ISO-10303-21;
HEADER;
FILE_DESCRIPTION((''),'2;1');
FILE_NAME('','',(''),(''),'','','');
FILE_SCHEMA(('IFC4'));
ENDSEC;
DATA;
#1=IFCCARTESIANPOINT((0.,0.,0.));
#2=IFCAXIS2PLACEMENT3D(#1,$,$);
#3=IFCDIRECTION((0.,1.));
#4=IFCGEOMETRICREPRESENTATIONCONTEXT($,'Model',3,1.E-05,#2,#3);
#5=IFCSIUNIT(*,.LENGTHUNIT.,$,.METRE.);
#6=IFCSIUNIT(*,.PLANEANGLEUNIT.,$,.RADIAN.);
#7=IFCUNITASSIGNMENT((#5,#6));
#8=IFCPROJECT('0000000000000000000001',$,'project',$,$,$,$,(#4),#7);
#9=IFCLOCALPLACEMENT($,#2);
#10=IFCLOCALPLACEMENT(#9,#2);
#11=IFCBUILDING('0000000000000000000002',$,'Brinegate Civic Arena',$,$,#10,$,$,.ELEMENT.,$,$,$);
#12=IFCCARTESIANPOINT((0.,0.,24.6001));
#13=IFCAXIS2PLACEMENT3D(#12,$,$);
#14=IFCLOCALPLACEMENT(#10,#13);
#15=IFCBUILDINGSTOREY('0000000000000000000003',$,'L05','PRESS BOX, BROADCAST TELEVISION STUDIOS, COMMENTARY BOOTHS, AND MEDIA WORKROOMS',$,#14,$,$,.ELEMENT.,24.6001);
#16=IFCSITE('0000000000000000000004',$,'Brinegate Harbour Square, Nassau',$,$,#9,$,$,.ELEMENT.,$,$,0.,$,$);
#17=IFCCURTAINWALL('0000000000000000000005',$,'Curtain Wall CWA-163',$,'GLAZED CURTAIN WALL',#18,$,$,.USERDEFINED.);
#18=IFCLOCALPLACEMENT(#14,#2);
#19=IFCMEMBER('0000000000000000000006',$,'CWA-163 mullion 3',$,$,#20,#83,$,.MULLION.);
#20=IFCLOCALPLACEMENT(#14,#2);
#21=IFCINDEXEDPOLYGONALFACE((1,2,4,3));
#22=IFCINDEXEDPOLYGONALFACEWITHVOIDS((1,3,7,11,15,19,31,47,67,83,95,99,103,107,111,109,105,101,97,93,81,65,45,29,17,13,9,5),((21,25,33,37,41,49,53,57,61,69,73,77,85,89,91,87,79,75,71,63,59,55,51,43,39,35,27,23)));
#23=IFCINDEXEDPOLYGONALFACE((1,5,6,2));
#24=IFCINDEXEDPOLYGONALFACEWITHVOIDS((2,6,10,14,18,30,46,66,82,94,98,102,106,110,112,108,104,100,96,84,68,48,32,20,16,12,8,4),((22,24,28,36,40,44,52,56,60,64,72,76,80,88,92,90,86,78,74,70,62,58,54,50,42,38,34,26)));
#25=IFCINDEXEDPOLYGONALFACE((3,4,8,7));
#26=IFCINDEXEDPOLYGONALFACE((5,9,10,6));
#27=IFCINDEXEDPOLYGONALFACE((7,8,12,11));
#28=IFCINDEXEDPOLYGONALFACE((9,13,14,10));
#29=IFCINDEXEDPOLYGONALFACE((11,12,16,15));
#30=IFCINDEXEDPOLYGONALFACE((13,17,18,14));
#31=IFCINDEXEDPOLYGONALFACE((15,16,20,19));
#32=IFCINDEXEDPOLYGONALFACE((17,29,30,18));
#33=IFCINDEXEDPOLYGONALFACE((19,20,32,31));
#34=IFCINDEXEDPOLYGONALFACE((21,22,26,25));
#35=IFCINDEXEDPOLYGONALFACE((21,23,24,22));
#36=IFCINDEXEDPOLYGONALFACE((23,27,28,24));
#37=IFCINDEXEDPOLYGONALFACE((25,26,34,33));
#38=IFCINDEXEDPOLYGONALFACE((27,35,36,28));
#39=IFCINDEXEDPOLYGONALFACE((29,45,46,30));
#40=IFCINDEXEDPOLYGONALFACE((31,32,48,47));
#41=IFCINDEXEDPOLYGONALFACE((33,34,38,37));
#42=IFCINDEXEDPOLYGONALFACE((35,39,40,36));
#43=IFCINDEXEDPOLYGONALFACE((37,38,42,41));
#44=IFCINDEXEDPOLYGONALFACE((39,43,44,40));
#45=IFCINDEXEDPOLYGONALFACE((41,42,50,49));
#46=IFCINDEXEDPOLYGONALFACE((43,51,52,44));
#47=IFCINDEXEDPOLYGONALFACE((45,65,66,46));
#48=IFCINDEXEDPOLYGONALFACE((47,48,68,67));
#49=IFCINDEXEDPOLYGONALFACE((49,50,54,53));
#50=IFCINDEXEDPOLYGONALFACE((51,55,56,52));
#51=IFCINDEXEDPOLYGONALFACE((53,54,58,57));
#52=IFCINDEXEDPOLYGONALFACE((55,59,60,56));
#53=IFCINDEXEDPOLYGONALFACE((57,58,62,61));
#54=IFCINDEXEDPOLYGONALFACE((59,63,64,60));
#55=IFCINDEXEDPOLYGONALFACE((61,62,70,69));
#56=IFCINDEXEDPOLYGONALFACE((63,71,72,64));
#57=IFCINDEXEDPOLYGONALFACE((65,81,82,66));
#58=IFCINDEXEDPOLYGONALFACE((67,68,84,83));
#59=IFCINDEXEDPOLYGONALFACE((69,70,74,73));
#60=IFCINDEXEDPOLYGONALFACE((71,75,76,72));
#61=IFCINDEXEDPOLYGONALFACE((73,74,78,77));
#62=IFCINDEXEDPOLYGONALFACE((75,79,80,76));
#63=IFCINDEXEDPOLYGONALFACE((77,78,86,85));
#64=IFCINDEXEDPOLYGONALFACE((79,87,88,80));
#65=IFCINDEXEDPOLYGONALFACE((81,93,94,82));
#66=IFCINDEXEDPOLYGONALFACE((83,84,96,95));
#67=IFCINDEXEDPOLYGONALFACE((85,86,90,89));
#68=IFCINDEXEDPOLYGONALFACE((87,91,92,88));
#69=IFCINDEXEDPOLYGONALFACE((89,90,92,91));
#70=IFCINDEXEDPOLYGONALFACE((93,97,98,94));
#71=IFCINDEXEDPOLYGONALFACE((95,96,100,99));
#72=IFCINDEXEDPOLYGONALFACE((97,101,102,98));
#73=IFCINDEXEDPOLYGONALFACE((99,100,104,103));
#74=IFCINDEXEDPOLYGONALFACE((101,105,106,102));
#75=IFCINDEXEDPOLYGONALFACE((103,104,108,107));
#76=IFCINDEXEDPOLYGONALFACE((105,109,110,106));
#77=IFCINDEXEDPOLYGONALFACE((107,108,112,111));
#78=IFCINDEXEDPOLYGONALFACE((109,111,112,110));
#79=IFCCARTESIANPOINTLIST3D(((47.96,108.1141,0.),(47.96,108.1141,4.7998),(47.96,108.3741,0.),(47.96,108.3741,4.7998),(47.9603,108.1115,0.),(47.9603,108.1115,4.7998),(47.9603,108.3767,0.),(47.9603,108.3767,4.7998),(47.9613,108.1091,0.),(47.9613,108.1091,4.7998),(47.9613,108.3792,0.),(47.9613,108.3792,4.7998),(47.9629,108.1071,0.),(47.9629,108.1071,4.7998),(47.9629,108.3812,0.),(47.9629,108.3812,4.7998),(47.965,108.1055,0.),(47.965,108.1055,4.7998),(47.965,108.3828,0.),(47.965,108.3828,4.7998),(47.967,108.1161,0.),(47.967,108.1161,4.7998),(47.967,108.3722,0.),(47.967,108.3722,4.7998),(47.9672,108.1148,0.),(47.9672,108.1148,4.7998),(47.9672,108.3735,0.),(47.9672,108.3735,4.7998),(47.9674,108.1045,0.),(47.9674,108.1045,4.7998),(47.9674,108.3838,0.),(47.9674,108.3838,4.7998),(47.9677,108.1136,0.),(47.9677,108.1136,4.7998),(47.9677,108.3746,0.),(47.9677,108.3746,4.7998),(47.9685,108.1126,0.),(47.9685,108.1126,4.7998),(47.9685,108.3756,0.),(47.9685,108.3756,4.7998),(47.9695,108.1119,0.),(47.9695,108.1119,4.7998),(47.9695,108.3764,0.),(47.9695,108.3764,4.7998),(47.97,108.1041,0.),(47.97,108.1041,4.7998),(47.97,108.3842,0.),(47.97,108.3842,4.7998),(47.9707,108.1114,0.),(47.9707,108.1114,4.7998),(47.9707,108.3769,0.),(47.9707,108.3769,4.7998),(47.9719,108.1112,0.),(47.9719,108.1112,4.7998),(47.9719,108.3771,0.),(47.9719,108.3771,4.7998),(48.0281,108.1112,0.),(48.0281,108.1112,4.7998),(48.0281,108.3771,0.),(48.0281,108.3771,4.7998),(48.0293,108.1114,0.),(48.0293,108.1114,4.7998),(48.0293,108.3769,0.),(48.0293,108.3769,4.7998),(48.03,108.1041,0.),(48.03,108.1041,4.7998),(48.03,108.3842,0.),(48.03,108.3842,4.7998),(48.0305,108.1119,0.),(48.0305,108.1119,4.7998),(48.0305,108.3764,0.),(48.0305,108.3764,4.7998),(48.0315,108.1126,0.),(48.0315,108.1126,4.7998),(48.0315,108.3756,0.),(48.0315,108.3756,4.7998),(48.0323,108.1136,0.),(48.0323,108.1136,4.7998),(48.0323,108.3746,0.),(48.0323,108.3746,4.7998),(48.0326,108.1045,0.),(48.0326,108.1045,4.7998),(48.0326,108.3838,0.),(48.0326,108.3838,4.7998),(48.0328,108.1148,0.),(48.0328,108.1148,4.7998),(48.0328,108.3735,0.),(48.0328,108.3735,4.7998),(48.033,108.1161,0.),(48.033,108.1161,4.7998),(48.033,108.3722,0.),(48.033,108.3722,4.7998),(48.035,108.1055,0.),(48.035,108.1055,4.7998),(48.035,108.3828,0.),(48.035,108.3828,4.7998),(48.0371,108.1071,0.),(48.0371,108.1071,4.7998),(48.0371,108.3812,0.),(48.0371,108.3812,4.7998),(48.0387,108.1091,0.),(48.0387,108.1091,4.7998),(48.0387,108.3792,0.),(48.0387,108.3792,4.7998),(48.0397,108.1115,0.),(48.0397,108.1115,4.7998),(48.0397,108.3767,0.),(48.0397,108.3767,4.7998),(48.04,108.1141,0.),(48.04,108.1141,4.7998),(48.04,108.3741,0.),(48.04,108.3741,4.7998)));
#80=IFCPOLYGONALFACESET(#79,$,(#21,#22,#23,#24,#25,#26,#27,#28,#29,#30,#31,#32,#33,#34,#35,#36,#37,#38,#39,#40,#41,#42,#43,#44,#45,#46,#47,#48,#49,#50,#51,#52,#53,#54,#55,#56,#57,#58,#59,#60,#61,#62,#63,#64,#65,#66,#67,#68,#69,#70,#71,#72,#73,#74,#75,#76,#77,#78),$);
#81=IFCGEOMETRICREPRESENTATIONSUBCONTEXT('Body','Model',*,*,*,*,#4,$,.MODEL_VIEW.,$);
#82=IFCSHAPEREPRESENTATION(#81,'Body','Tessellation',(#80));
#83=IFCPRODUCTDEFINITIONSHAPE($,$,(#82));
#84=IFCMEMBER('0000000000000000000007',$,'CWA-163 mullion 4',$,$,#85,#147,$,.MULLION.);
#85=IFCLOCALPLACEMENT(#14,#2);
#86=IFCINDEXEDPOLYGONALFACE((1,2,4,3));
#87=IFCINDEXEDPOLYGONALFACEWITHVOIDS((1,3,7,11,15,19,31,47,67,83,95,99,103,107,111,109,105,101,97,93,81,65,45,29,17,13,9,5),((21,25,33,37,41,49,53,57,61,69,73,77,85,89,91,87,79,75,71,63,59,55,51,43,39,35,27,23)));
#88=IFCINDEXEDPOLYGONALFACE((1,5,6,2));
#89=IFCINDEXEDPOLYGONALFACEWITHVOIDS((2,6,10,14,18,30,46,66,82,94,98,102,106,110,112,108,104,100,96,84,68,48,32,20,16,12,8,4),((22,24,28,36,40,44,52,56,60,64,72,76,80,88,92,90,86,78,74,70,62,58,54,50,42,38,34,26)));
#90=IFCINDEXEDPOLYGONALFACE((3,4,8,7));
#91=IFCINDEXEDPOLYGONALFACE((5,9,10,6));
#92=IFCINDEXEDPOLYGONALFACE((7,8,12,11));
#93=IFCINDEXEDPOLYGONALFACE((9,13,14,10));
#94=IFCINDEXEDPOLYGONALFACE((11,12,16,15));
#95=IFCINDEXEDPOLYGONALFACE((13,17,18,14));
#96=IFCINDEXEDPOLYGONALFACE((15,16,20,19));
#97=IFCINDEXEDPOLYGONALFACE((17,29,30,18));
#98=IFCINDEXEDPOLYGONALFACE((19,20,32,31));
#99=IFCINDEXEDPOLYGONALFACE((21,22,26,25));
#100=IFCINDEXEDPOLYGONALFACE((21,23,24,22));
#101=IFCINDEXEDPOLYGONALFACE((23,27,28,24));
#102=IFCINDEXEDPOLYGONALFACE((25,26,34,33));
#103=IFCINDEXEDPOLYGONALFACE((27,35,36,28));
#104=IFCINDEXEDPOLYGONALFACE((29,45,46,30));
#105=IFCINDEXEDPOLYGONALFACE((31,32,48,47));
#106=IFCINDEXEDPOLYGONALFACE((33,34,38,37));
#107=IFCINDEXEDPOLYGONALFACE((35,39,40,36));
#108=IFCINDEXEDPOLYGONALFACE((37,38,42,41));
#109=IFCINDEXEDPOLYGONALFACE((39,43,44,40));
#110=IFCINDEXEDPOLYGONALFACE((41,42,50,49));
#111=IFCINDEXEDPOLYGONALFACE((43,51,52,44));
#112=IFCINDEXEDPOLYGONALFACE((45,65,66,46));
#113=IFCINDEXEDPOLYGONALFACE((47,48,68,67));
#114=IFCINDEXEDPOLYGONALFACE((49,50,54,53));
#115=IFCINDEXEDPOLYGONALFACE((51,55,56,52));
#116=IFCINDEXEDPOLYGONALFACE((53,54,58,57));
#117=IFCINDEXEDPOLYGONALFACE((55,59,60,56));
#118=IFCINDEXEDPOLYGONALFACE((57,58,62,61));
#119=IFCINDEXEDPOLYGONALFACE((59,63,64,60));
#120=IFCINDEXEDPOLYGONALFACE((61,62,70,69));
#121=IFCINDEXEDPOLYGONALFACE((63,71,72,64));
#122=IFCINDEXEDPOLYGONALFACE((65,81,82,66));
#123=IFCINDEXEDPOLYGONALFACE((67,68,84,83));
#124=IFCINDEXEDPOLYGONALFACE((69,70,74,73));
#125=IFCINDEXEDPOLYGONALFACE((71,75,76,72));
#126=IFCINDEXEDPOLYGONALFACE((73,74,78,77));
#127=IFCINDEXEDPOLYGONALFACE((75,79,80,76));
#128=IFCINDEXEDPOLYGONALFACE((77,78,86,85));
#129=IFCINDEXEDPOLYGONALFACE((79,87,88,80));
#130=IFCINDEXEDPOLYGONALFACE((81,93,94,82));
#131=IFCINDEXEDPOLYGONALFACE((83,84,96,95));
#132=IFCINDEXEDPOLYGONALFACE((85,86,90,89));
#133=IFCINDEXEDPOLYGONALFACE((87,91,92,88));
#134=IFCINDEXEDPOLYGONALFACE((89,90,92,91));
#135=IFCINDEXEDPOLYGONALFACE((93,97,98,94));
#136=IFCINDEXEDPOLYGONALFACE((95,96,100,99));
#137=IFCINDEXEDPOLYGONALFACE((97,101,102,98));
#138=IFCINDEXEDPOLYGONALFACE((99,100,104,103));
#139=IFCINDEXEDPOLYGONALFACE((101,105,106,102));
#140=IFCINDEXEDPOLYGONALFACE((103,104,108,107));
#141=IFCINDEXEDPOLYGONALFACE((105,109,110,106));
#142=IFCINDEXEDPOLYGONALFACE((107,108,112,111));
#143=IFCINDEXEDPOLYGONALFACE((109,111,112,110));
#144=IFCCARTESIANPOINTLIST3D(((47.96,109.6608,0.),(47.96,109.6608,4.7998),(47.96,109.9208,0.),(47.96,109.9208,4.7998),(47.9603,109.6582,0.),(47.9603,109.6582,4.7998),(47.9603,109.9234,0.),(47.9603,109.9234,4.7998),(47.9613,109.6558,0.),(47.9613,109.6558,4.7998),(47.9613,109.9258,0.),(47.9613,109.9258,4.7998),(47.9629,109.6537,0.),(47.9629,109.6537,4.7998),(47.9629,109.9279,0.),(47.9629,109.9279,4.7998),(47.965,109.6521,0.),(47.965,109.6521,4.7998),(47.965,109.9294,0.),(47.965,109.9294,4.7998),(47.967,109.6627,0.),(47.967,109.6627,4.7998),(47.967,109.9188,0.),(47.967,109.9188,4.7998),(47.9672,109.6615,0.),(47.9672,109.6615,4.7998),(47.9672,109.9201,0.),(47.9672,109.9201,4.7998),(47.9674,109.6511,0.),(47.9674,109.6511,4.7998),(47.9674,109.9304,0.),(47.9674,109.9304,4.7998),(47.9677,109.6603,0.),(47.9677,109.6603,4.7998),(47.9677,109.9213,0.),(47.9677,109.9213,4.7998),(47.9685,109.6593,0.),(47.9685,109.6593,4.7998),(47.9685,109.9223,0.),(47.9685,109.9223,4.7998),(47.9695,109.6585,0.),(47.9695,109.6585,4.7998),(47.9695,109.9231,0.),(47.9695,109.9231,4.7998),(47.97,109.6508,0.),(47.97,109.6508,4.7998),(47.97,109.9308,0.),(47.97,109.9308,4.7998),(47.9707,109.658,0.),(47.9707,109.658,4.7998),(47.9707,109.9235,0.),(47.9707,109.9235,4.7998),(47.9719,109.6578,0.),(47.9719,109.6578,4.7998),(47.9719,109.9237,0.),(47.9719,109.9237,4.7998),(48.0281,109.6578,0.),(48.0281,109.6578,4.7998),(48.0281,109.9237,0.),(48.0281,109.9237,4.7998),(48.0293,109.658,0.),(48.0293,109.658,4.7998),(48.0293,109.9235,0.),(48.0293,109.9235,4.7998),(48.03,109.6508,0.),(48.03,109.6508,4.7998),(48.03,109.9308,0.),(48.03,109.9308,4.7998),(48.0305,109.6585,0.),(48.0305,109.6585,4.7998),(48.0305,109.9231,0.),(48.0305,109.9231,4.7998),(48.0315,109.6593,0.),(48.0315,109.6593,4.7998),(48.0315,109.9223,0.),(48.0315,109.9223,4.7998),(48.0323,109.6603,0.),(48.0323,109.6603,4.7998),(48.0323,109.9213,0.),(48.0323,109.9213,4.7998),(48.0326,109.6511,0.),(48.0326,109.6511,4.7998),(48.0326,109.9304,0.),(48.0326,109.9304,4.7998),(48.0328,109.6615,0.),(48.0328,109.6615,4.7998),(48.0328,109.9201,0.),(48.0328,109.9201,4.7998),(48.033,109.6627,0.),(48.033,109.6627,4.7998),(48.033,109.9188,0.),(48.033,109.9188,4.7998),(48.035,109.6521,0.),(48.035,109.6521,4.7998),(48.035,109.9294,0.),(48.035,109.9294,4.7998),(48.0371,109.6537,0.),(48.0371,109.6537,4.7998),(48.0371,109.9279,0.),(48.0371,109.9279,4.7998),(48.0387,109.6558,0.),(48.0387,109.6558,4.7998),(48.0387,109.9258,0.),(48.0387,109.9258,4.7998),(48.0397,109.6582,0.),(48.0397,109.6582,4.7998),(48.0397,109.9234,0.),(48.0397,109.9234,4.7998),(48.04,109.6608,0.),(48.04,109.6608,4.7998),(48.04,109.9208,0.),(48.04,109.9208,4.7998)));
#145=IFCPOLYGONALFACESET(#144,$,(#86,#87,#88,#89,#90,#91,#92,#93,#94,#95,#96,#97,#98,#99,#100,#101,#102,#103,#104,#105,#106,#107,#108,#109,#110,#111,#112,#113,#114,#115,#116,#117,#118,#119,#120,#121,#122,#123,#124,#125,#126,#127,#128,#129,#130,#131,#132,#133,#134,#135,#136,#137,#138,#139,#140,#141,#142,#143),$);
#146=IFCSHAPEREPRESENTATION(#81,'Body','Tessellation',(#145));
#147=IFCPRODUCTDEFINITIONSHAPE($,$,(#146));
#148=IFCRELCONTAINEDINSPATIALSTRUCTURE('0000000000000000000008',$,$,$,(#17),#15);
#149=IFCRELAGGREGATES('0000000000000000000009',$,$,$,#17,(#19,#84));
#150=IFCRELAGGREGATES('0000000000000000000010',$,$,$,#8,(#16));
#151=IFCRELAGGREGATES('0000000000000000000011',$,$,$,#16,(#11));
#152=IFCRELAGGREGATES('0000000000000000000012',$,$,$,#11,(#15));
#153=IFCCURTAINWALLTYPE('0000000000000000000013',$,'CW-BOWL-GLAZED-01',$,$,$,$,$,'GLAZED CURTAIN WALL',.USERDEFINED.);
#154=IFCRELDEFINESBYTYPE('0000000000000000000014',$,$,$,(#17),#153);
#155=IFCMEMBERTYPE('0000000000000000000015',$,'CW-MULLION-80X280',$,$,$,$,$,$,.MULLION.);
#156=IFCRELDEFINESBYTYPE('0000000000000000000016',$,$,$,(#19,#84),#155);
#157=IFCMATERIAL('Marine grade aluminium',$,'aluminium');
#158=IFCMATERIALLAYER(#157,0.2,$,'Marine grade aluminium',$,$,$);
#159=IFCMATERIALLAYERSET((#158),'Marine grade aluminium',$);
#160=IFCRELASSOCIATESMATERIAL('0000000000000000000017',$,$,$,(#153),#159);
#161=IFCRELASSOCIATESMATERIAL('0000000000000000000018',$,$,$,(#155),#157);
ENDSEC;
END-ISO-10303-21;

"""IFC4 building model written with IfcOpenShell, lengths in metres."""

from ifc_helpers import new_model, si_unit, direction, frame, origin, origin_2d, place, context, subcontext, project, spatial, hollow_rectangle, extrude, material, layer, layer_set, material_profile, profile_set, type_object, element, aggregate, save


model = new_model("IFC4")

# Units and contexts
model_context = context("Model", 3, precision=1e-05, world=origin(), true_north=direction((0.0, 1.0)))
body_context = subcontext(model_context, "Body", "Model", "MODEL_VIEW")
ifc_project = project(units=[si_unit("LENGTHUNIT", "METRE"), si_unit("PLANEANGLEUNIT", "RADIAN")], contexts=[model_context])

# Site, building, storey
site_placement = place(None, origin())
site = spatial("IfcSite", under=ifc_project, at=site_placement, Name="Brinegate Harbour Square, Nassau", CompositionType="ELEMENT", RefElevation=0.0)
building_placement = place(site_placement, origin())
building = spatial("IfcBuilding", under=site, at=building_placement, Name="Brinegate Civic Arena", CompositionType="ELEMENT")
storey_placement = place(building_placement, frame((0.0, 0.0, 24.6001)))
storey = spatial("IfcBuildingStorey", under=building, at=storey_placement, Name="L05", Description="PRESS BOX, BROADCAST TELEVISION STUDIOS, COMMENTARY BOOTHS, AND MEDIA WORKROOMS", CompositionType="ELEMENT", Elevation=24.6001)

# Curtain wall, members
ifc_material_1 = material(Name="Marine grade aluminium", Category="aluminium")
ifc_layer_1 = layer(ifc_material_1, 0.2, Name="Marine grade aluminium")
ifc_layer_set_1 = layer_set([ifc_layer_1], Name="Marine grade aluminium")
curtain_wall_type = type_object("IfcCurtainWallType", Name="CW-BOWL-GLAZED-01", ElementType="GLAZED CURTAIN WALL", PredefinedType="USERDEFINED", material=ifc_layer_set_1)
curtain_wall_placement = place(storey_placement, origin())
curtain_wall = element("IfcCurtainWall", 1, at=curtain_wall_placement, inside=storey, type_object=curtain_wall_type, Name="Curtain Wall CWA-163", ObjectType="GLAZED CURTAIN WALL", PredefinedType="USERDEFINED")
ifc_material_profile_1 = material_profile(ifc_material_1, hollow_rectangle(XDim=0.0801, YDim=0.28, WallThickness=0.0071, InnerFilletRadius=0.0049, OuterFilletRadius=0.01, at=origin_2d()), Name="MUL80X280")
ifc_profile_set_1 = profile_set([ifc_material_profile_1], Name="Marine grade aluminium")
member_type_1 = type_object("IfcMemberType", Name="CW-MULLION-80X280", PredefinedType="MULLION", material=ifc_profile_set_1)
member_1_placement = place(storey_placement, frame((48.0, 108.2441, 0.0), z_axis=(0.0, 0.0, 1.0), x_axis=(-1.0, 0.0, 0.0)))
member_1 = element("IfcMember", 2, at=member_1_placement, type_object=member_type_1, Name="CWA-163 mullion 3", PredefinedType="MULLION", context=body_context, shape_type="SweptSolid", body=[
    extrude(hollow_rectangle(XDim=0.0801, YDim=0.28, WallThickness=0.0071, InnerFilletRadius=0.0049, OuterFilletRadius=0.01, at=origin_2d()), origin(), (0.0, 0.0, 1.0), 4.7998),
])
member_2_placement = place(storey_placement, frame((48.0, 109.7908, 0.0), z_axis=(0.0, 0.0, 1.0), x_axis=(-1.0, 0.0, 0.0)))
member_2 = element("IfcMember", 3, at=member_2_placement, type_object=member_type_1, Name="CWA-163 mullion 4", PredefinedType="MULLION", context=body_context, shape_type="SweptSolid", body=[
    extrude(hollow_rectangle(XDim=0.0801, YDim=0.28, WallThickness=0.0071, InnerFilletRadius=0.0049, OuterFilletRadius=0.01, at=origin_2d()), origin(), (0.0, 0.0, 1.0), 4.7998),
])

aggregate(curtain_wall, [member_1, member_2])

save(model, "model.ifc")
